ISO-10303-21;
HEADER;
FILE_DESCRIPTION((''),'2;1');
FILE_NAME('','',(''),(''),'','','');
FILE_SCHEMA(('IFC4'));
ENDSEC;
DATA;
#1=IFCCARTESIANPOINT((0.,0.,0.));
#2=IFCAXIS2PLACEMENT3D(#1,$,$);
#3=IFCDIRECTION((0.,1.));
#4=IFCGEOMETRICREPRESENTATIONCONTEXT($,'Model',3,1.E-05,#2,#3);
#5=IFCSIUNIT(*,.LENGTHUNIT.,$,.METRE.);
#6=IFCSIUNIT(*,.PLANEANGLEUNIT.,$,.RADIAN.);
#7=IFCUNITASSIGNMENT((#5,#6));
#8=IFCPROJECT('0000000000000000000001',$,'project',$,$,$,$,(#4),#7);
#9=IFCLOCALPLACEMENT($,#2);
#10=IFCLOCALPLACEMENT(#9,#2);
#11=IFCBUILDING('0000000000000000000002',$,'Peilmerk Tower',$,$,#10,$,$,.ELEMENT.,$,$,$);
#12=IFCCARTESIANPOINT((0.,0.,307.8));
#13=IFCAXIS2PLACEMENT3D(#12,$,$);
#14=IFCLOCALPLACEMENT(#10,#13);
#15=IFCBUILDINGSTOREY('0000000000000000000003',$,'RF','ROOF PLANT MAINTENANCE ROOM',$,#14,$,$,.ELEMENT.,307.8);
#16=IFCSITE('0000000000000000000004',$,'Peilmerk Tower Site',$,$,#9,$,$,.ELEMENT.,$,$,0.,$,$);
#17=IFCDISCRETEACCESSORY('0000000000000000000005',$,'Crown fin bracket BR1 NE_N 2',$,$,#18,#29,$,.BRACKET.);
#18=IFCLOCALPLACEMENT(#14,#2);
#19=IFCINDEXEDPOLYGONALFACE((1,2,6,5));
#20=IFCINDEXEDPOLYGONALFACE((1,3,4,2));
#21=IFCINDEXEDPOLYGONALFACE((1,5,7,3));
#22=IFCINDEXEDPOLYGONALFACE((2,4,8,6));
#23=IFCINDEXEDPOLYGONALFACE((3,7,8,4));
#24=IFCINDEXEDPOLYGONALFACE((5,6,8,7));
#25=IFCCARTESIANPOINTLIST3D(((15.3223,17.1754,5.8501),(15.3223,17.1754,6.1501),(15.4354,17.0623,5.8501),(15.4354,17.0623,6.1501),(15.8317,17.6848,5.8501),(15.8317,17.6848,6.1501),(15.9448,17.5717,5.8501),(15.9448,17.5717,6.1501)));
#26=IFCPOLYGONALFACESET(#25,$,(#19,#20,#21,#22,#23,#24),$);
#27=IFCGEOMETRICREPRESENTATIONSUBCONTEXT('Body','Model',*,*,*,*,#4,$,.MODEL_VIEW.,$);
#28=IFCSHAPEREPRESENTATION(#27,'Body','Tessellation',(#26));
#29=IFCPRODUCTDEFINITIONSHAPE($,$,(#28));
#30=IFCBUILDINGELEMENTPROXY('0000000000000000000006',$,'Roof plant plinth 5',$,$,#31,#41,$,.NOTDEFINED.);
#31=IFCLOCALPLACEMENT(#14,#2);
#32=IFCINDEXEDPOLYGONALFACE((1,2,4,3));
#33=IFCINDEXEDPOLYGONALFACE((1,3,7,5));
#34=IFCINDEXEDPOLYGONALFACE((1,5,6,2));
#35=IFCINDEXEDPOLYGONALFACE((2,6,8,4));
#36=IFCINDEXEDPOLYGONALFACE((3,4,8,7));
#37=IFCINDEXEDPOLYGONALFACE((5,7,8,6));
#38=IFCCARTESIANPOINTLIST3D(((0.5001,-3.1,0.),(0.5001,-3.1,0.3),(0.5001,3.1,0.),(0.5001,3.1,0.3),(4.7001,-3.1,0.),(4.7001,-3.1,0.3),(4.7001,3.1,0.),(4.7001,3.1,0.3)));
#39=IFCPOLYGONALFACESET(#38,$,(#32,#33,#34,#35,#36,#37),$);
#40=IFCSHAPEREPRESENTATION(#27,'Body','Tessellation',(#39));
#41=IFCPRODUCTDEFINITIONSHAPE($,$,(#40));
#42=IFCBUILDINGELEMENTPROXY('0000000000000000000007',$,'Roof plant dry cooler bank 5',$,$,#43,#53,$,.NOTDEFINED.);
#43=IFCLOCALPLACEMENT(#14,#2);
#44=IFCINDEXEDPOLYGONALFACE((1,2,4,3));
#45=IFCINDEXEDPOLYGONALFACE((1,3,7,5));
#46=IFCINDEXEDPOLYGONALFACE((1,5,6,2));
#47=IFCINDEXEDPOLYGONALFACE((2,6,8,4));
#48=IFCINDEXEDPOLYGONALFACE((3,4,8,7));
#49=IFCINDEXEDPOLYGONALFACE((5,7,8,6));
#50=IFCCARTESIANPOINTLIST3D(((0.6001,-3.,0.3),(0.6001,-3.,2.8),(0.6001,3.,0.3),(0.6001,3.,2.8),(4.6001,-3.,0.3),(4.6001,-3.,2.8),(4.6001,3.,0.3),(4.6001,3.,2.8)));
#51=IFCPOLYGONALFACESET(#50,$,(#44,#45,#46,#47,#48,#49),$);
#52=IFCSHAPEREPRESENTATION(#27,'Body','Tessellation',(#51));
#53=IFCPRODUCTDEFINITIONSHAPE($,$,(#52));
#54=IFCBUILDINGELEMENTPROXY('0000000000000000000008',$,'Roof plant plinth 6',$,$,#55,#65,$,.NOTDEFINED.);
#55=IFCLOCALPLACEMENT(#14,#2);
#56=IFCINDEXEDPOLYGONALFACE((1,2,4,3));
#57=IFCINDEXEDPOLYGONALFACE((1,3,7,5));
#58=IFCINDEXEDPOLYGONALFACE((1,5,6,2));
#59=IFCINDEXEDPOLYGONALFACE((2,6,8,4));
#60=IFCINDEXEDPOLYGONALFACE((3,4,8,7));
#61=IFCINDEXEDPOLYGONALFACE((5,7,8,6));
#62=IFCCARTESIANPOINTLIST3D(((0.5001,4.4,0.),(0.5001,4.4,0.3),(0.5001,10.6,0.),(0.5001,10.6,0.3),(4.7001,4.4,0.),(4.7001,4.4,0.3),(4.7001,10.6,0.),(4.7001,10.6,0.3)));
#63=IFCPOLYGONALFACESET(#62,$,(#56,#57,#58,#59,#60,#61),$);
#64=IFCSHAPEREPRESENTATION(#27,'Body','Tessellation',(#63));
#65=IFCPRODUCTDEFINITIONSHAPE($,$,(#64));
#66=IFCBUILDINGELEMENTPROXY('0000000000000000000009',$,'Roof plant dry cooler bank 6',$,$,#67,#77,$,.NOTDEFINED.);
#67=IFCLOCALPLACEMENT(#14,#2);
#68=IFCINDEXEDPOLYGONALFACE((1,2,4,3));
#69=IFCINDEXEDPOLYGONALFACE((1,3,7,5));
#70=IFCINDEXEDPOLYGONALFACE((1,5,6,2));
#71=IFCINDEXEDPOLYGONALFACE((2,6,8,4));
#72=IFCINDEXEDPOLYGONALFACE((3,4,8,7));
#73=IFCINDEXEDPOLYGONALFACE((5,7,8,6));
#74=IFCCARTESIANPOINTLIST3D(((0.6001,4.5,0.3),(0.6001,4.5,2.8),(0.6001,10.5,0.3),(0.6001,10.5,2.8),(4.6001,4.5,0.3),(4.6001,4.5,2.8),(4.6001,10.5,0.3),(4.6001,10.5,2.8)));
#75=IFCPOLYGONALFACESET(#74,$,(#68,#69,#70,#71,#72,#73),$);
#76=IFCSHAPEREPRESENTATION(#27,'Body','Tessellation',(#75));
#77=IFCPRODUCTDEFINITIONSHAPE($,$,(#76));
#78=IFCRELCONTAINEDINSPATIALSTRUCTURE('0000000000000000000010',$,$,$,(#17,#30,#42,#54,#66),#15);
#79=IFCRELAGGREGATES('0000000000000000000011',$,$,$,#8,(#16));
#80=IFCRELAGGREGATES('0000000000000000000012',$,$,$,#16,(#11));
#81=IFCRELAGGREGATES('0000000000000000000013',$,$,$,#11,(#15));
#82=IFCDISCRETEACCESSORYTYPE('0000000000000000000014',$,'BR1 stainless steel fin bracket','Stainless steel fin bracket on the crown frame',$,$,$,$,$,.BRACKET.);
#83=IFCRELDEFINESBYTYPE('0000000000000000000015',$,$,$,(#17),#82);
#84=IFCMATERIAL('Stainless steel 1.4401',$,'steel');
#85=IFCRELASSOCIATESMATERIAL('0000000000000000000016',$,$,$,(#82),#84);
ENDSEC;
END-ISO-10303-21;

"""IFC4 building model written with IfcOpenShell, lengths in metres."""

from ifc_helpers import new_model, si_unit, direction, frame, origin, origin_2d, place, context, subcontext, project, spatial, rectangle, extrude, source, transform, mapped, material, type_object, element, save


model = new_model("IFC4")

# Units and contexts
model_context = context("Model", 3, precision=1e-05, world=origin(), true_north=direction((0.0, 1.0)))
body_context = subcontext(model_context, "Body", "Model", "MODEL_VIEW")
ifc_project = project(units=[si_unit("LENGTHUNIT", "METRE"), si_unit("PLANEANGLEUNIT", "RADIAN")], contexts=[model_context])

# Site, building, storey
site_placement = place(None, origin())
site = spatial("IfcSite", under=ifc_project, at=site_placement, Name="Peilmerk Tower Site", CompositionType="ELEMENT", RefElevation=0.0)
building_placement = place(site_placement, origin())
building = spatial("IfcBuilding", under=site, at=building_placement, Name="Peilmerk Tower", CompositionType="ELEMENT")
storey_placement = place(building_placement, frame((0.0, 0.0, 307.8)))
storey = spatial("IfcBuildingStorey", under=building, at=storey_placement, Name="RF", Description="ROOF PLANT MAINTENANCE ROOM", CompositionType="ELEMENT", Elevation=307.8)

# Discrete accessory
ifc_material_1 = material(Name="Stainless steel 1.4401", Category="steel")
discrete_accessory_type = type_object("IfcDiscreteAccessoryType", Name="BR1 stainless steel fin bracket", Description="Stainless steel fin bracket on the crown frame", PredefinedType="BRACKET", material=ifc_material_1)
shared_shape = source(origin(), body_context, "Body", "SweptSolid", [
    extrude(rectangle(XDim=0.7205, YDim=0.1599, at=origin_2d()), origin(), (0.0, 0.0, 1.0), 0.3),
])
discrete_accessory_placement = place(storey_placement, frame((15.6335, 17.3735, 5.8501), z_axis=(0.0, 0.0, 1.0), x_axis=(0.707107, 0.707107, 0.0)))
element("IfcDiscreteAccessory", 1, at=discrete_accessory_placement, inside=storey, type_object=discrete_accessory_type, Name="Crown fin bracket BR1 NE_N 2", PredefinedType="BRACKET", context=body_context, shape_type="MappedRepresentation", body=[
    mapped(shared_shape, transform((0.0, 0.0, 0.0), scale=1.0)),
])

# Building element proxies
proxy_1_placement = place(storey_placement, frame((2.6001, 0.0, 0.0), z_axis=(0.0, 0.0, 1.0), x_axis=(1.0, 0.0, 0.0)))
element("IfcBuildingElementProxy", 2, at=proxy_1_placement, inside=storey, Name="Roof plant plinth 5", PredefinedType="NOTDEFINED", context=body_context, shape_type="SweptSolid", body=[
    extrude(rectangle(XDim=4.2, YDim=6.2, at=origin_2d()), origin(), (0.0, 0.0, 1.0), 0.3),
])
proxy_2_placement = place(storey_placement, frame((2.6001, 0.0, 0.3), z_axis=(0.0, 0.0, 1.0), x_axis=(1.0, 0.0, 0.0)))
element("IfcBuildingElementProxy", 3, at=proxy_2_placement, inside=storey, Name="Roof plant dry cooler bank 5", PredefinedType="NOTDEFINED", context=body_context, shape_type="SweptSolid", body=[
    extrude(rectangle(XDim=4.0, YDim=6.0, at=origin_2d()), origin(), (0.0, 0.0, 1.0), 2.5),
])
proxy_3_placement = place(storey_placement, frame((2.6001, 7.5, 0.0), z_axis=(0.0, 0.0, 1.0), x_axis=(1.0, 0.0, 0.0)))
element("IfcBuildingElementProxy", 4, at=proxy_3_placement, inside=storey, Name="Roof plant plinth 6", PredefinedType="NOTDEFINED", context=body_context, shape_type="SweptSolid", body=[
    extrude(rectangle(XDim=4.2, YDim=6.2, at=origin_2d()), origin(), (0.0, 0.0, 1.0), 0.3),
])
proxy_4_placement = place(storey_placement, frame((2.6001, 7.5, 0.3), z_axis=(0.0, 0.0, 1.0), x_axis=(1.0, 0.0, 0.0)))
element("IfcBuildingElementProxy", 5, at=proxy_4_placement, inside=storey, Name="Roof plant dry cooler bank 6", PredefinedType="NOTDEFINED", context=body_context, shape_type="SweptSolid", body=[
    extrude(rectangle(XDim=4.0, YDim=6.0, at=origin_2d()), origin(), (0.0, 0.0, 1.0), 2.5),
])

save(model, "model.ifc")
